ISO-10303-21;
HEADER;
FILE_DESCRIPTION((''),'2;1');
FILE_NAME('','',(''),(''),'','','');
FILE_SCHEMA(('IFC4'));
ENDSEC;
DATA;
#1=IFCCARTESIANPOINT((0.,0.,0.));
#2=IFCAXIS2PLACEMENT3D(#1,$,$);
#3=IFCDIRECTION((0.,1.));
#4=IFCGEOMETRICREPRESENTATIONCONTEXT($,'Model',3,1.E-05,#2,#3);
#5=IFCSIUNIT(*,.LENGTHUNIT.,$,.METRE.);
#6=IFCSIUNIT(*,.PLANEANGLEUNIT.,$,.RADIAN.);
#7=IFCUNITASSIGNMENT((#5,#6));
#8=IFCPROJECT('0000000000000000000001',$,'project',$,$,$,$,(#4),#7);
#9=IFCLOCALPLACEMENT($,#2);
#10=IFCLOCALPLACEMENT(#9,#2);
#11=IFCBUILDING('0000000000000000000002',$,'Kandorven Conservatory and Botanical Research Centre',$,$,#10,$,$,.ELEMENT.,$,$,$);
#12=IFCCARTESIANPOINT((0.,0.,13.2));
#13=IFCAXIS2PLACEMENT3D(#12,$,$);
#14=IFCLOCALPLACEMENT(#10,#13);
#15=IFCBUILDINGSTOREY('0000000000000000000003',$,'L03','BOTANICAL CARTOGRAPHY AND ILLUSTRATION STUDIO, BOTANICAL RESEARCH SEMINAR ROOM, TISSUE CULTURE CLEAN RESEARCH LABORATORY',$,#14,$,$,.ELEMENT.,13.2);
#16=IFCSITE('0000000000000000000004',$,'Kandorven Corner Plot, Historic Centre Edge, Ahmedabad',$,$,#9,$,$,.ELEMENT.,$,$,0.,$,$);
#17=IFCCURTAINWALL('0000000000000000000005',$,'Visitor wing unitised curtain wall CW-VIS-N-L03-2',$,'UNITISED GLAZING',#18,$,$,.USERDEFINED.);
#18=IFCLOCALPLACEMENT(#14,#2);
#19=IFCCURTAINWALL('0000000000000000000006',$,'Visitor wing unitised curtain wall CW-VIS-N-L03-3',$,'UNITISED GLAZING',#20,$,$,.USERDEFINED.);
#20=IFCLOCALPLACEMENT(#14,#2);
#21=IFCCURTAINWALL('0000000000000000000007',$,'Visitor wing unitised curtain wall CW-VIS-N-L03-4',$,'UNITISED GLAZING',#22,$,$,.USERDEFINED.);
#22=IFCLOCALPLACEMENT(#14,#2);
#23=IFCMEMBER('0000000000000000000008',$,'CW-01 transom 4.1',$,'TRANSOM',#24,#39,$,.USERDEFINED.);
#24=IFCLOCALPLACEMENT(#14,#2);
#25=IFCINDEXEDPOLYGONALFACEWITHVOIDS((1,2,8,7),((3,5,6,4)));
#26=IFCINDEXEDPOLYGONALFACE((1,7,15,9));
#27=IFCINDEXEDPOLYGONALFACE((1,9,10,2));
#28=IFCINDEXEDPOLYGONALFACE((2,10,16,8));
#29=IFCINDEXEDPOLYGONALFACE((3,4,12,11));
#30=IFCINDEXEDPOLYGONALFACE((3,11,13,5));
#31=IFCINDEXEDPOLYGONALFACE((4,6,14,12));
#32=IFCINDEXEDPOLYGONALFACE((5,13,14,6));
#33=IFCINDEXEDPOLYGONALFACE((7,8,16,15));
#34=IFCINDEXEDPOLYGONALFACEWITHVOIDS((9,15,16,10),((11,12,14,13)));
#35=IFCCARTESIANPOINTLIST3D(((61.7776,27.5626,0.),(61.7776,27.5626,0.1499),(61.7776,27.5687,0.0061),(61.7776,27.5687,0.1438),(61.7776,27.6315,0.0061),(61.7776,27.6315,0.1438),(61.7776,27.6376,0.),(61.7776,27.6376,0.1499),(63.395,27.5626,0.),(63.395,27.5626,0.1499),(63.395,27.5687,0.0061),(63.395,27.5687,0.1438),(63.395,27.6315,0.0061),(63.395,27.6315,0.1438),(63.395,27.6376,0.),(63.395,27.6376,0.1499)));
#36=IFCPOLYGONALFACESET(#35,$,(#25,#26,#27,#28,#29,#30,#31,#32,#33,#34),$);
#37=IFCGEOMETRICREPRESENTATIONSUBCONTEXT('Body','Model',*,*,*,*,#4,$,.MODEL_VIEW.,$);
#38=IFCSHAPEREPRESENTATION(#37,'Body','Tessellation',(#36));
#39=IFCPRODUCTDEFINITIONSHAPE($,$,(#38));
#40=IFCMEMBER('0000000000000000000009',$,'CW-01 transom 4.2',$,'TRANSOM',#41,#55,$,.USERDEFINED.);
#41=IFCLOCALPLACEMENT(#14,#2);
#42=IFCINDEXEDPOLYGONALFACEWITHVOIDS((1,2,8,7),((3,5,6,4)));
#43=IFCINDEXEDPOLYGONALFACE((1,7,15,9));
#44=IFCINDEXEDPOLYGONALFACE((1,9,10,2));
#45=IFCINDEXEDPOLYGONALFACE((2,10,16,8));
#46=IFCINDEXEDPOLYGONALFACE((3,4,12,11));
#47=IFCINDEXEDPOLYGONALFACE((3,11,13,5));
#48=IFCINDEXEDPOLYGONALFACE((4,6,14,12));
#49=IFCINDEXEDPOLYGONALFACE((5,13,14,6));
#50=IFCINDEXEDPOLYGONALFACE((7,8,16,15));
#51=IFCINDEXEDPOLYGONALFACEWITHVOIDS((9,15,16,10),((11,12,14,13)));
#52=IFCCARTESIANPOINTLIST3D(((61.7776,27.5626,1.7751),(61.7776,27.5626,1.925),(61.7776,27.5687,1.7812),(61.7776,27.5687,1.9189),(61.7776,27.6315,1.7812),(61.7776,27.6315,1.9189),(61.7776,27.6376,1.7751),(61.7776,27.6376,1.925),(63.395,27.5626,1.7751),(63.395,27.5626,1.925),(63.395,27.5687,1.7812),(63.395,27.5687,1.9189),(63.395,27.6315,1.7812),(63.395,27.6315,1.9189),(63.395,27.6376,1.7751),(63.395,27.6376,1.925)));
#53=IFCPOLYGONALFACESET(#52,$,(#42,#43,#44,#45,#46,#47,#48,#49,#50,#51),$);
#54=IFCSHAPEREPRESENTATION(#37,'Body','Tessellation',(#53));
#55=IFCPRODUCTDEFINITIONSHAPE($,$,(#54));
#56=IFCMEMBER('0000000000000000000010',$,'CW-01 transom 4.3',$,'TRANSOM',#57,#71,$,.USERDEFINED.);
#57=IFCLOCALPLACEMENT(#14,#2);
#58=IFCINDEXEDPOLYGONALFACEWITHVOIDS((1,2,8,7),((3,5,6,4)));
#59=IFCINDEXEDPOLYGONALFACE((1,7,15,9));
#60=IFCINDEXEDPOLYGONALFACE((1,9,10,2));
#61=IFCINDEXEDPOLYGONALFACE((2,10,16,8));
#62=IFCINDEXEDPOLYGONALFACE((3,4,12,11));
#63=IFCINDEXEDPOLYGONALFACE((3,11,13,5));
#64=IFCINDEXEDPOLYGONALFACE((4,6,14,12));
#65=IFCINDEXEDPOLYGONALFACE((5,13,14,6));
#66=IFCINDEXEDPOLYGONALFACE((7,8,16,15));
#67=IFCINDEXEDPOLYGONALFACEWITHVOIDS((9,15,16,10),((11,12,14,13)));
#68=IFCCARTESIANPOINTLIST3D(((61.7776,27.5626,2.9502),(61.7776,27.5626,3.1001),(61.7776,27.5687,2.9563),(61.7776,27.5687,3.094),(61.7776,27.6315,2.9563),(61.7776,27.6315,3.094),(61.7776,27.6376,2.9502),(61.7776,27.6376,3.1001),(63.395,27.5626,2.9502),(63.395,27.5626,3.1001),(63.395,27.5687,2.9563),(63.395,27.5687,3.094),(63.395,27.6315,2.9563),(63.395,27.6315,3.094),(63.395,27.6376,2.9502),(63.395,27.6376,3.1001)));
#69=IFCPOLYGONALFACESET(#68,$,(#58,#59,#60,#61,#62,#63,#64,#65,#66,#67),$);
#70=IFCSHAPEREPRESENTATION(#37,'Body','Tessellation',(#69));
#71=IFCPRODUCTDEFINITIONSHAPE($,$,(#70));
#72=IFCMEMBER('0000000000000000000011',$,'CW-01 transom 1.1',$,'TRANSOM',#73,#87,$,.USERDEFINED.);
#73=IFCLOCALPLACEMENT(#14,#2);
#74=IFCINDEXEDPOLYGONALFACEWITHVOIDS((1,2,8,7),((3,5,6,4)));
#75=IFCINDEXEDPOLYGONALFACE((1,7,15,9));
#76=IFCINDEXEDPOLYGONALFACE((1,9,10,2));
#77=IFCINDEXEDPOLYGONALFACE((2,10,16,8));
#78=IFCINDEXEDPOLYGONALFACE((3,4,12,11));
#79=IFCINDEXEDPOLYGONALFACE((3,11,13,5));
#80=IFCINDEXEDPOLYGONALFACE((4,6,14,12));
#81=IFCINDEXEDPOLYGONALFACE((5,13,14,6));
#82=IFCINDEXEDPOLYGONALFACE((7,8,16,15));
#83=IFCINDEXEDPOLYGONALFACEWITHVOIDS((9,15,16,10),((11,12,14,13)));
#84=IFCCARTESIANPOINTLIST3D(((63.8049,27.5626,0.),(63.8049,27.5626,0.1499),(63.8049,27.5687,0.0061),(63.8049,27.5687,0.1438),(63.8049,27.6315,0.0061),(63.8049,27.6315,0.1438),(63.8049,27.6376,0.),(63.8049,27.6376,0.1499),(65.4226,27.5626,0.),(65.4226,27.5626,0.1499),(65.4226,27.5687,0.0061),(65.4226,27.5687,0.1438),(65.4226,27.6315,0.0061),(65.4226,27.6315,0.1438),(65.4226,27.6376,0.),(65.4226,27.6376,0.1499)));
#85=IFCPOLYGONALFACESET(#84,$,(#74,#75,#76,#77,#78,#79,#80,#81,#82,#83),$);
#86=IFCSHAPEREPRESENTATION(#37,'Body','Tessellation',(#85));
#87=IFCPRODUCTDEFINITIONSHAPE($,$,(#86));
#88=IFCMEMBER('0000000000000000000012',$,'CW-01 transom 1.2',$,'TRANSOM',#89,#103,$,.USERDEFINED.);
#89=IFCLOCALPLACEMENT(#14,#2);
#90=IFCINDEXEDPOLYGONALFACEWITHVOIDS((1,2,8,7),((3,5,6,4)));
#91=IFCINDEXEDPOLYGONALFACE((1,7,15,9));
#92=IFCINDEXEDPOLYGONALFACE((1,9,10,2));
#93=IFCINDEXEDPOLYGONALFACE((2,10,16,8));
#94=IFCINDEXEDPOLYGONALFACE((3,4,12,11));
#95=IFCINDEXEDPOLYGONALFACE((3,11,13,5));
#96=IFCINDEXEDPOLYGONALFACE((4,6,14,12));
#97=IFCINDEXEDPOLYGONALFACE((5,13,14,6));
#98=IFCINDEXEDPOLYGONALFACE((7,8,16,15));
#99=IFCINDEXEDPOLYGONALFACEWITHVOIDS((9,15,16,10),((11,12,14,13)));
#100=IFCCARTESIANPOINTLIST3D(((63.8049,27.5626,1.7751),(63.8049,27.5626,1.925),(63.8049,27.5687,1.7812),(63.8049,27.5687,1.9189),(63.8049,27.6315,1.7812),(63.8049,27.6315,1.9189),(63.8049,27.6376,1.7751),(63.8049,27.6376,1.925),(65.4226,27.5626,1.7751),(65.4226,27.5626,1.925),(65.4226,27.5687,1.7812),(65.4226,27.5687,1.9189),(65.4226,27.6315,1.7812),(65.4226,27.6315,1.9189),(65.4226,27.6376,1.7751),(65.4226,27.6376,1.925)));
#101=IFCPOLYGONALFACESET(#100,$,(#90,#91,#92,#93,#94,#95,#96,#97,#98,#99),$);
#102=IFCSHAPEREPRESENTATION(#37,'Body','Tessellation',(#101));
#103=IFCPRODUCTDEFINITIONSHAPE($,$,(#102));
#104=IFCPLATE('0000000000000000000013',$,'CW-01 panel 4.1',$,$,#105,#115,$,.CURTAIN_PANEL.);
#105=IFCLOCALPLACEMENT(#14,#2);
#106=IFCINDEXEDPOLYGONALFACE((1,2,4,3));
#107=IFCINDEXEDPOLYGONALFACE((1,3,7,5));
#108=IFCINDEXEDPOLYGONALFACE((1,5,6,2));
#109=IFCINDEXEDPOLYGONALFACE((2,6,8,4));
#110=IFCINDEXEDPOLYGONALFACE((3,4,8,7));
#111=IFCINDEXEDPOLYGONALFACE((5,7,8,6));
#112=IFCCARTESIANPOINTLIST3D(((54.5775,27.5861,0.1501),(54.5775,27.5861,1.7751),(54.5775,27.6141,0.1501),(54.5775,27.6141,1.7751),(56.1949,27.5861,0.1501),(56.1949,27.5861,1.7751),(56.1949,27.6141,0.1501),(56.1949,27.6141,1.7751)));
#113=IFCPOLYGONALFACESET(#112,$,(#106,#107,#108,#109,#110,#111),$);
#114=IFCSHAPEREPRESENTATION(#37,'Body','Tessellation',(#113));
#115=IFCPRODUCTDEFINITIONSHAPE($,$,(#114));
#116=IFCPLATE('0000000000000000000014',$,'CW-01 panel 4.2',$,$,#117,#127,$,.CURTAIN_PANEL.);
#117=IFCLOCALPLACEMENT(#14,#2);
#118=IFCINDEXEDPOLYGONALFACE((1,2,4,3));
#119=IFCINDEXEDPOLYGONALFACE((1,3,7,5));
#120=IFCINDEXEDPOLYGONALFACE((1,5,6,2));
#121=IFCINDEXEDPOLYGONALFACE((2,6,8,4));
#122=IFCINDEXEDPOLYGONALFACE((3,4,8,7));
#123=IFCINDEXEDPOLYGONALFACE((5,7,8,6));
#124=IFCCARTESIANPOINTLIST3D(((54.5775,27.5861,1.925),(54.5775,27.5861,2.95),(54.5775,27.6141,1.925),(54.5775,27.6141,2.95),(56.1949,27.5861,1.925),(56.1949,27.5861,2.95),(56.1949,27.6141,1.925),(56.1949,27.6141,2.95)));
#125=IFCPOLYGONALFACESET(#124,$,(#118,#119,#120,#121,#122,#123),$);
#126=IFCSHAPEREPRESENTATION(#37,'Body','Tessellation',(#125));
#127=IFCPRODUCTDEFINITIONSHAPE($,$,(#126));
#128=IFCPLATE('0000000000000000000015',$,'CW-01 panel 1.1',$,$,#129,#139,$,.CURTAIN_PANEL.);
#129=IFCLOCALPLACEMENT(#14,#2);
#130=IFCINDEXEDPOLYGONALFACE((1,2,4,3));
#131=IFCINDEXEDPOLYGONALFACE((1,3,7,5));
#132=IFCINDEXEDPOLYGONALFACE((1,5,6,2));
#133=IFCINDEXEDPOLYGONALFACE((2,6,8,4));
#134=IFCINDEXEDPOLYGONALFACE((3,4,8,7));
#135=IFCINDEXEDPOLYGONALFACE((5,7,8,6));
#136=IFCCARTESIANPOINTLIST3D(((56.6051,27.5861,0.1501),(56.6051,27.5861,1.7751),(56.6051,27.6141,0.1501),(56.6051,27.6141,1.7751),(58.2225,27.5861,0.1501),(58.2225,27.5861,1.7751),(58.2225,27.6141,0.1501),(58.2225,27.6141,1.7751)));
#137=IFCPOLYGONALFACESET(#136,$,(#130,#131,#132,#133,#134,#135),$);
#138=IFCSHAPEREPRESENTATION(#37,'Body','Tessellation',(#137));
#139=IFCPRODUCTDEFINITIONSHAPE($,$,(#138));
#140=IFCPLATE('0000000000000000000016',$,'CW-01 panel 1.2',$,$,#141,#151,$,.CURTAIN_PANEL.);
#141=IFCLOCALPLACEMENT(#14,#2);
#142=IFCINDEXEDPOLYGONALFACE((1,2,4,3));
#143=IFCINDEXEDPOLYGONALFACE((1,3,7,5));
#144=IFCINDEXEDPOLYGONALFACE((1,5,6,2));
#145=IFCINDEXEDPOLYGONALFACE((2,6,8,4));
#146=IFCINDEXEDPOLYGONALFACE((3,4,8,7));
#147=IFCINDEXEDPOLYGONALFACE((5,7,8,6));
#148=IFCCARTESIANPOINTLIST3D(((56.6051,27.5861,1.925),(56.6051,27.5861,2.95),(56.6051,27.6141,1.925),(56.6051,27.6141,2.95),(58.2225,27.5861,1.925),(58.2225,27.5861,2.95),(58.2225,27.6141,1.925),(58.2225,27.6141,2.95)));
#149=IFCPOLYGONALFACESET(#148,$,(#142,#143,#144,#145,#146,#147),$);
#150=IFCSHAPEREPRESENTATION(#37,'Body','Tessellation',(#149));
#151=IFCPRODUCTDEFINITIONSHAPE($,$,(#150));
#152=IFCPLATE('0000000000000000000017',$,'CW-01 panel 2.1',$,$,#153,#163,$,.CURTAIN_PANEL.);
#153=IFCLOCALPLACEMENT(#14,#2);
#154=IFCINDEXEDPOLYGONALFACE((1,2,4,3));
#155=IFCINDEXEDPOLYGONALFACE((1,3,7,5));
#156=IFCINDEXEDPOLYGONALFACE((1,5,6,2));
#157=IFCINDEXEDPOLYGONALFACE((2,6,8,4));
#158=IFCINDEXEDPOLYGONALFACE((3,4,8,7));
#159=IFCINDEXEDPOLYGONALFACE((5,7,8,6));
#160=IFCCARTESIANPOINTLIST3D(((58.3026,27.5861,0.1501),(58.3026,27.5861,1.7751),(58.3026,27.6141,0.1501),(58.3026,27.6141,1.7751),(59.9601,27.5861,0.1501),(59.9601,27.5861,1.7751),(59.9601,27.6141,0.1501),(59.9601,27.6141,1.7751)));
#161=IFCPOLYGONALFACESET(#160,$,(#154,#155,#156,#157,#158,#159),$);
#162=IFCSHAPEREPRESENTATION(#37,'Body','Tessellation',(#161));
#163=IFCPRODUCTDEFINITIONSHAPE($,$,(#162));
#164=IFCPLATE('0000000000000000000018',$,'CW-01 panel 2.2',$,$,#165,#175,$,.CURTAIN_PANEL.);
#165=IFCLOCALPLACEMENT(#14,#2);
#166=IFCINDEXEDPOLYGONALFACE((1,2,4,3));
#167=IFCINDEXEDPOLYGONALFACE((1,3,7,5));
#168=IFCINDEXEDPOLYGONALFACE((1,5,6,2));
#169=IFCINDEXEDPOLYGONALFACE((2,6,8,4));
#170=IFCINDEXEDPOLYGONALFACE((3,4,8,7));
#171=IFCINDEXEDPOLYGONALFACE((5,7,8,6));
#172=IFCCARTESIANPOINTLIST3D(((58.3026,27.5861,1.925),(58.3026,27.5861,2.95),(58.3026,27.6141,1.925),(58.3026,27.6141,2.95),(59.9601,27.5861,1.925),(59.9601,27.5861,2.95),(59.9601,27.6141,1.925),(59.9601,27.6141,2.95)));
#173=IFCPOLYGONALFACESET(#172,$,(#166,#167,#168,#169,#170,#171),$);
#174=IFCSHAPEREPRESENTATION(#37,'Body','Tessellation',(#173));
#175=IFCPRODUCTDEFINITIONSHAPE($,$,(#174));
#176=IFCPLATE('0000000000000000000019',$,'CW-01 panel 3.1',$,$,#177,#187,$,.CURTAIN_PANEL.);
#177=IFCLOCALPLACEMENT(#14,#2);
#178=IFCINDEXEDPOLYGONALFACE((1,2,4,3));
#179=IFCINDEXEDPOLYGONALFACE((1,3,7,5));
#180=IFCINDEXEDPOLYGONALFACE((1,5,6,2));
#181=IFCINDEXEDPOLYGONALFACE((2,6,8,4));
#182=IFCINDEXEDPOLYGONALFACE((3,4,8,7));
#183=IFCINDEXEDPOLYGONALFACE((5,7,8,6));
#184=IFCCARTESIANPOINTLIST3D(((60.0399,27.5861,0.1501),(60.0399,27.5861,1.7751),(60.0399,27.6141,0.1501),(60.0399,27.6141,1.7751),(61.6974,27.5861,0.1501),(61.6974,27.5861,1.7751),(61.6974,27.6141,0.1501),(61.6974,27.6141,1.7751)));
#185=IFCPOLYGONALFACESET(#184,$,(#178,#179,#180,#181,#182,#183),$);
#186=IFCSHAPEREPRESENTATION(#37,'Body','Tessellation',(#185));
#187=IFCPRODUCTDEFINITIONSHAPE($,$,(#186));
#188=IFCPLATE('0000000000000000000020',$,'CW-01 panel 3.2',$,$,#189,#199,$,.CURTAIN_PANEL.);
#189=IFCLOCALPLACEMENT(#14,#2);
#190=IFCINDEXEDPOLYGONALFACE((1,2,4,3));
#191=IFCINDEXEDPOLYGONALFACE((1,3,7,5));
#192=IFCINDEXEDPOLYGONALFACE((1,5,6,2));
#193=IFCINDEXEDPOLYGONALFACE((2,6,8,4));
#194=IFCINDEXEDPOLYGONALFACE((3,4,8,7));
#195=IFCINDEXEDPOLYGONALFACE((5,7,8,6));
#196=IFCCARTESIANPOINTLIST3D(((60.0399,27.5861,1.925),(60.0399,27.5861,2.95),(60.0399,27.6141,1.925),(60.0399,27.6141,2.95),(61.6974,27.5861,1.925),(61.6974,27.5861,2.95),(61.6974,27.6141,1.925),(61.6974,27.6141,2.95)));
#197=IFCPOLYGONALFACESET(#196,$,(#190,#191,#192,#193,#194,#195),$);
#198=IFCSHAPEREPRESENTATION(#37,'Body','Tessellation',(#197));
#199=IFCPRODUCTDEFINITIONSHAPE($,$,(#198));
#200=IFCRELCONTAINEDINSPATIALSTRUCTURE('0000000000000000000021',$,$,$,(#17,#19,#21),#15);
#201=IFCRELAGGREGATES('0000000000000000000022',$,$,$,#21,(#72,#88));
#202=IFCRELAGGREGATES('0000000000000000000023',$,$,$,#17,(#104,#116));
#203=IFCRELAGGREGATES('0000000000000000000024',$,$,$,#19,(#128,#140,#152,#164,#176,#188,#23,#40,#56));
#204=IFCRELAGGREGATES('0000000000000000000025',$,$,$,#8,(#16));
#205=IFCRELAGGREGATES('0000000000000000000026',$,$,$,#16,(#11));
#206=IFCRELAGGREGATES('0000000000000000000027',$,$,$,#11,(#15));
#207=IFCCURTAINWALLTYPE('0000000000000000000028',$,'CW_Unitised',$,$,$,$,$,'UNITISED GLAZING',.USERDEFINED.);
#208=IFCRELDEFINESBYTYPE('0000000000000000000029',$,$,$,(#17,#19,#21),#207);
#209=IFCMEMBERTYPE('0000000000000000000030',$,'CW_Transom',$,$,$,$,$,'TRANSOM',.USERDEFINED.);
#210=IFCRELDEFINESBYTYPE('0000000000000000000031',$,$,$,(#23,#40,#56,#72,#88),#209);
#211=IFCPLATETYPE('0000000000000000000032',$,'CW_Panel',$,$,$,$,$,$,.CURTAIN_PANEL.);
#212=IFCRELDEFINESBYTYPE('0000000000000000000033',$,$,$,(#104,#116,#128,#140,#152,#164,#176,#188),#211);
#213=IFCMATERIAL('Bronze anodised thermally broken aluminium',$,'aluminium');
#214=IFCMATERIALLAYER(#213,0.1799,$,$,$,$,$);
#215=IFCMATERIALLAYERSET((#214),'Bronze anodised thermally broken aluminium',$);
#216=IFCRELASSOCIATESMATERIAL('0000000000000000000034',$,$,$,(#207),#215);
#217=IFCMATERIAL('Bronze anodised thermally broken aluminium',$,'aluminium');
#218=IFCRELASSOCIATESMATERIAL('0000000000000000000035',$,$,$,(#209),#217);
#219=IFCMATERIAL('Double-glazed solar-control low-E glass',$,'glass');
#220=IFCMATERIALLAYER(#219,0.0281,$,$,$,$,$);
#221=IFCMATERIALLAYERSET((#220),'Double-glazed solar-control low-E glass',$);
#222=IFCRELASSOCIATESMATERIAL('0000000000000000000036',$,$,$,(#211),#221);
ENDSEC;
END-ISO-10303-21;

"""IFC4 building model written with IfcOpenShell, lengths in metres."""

from ifc_helpers import new_model, si_unit, direction, frame, origin, origin_2d, place, context, subcontext, project, spatial, rectangle, hollow_rectangle, extrude, material, layer, layer_set, material_profile, profile_set, type_object, element, aggregate, save


model = new_model("IFC4")

# Units and contexts
model_context = context("Model", 3, precision=1e-05, world=origin(), true_north=direction((0.0, 1.0)))
body_context = subcontext(model_context, "Body", "Model", "MODEL_VIEW")
ifc_project = project(units=[si_unit("LENGTHUNIT", "METRE"), si_unit("PLANEANGLEUNIT", "RADIAN")], contexts=[model_context])

# Site, building, storey
site_placement = place(None, origin())
site = spatial("IfcSite", under=ifc_project, at=site_placement, Name="Kandorven Corner Plot, Historic Centre Edge, Ahmedabad", CompositionType="ELEMENT", RefElevation=0.0)
building_placement = place(site_placement, origin())
building = spatial("IfcBuilding", under=site, at=building_placement, Name="Kandorven Conservatory and Botanical Research Centre", CompositionType="ELEMENT")
storey_placement = place(building_placement, frame((0.0, 0.0, 13.2)))
storey = spatial("IfcBuildingStorey", under=building, at=storey_placement, Name="L03", Description="BOTANICAL CARTOGRAPHY AND ILLUSTRATION STUDIO, BOTANICAL RESEARCH SEMINAR ROOM, TISSUE CULTURE CLEAN RESEARCH LABORATORY", CompositionType="ELEMENT", Elevation=13.2)

# Curtain wall
ifc_material_1 = material(Name="Bronze anodised thermally broken aluminium", Category="aluminium")
ifc_layer_1 = layer(ifc_material_1, 0.1799)
ifc_layer_set_1 = layer_set([ifc_layer_1], Name="Bronze anodised thermally broken aluminium")
curtain_wall_type = type_object("IfcCurtainWallType", Name="CW_Unitised", ElementType="UNITISED GLAZING", PredefinedType="USERDEFINED", material=ifc_layer_set_1)
curtain_wall_1_placement = place(storey_placement, origin())
curtain_wall_1 = element("IfcCurtainWall", 1, at=curtain_wall_1_placement, inside=storey, type_object=curtain_wall_type, Name="Visitor wing unitised curtain wall CW-VIS-N-L03-2", ObjectType="UNITISED GLAZING", PredefinedType="USERDEFINED")

# Curtain wall
curtain_wall_2_placement = place(storey_placement, origin())
curtain_wall_2 = element("IfcCurtainWall", 2, at=curtain_wall_2_placement, inside=storey, type_object=curtain_wall_type, Name="Visitor wing unitised curtain wall CW-VIS-N-L03-3", ObjectType="UNITISED GLAZING", PredefinedType="USERDEFINED")

# Curtain wall
curtain_wall_3_placement = place(storey_placement, origin())
curtain_wall_3 = element("IfcCurtainWall", 3, at=curtain_wall_3_placement, inside=storey, type_object=curtain_wall_type, Name="Visitor wing unitised curtain wall CW-VIS-N-L03-4", ObjectType="UNITISED GLAZING", PredefinedType="USERDEFINED")

# Members
ifc_material_2 = material(Name="Bronze anodised thermally broken aluminium", Category="aluminium")
ifc_material_profile_1 = material_profile(ifc_material_2, hollow_rectangle(XDim=0.075, YDim=0.1499, WallThickness=0.0061, at=origin_2d()))
ifc_profile_set_1 = profile_set([ifc_material_profile_1], Name="Bronze anodised thermally broken aluminium")
member_type_1 = type_object("IfcMemberType", Name="CW_Transom", ElementType="TRANSOM", PredefinedType="USERDEFINED", material=ifc_profile_set_1)
member_1_placement = place(storey_placement, frame((61.7776, 27.6001, 0.075), z_axis=(1.0, 0.0, 0.0), x_axis=(0.0, 1.0, 0.0)))
member_1 = element("IfcMember", 4, at=member_1_placement, type_object=member_type_1, Name="CW-01 transom 4.1", ObjectType="TRANSOM", PredefinedType="USERDEFINED", context=body_context, shape_type="SweptSolid", body=[
    extrude(hollow_rectangle(XDim=0.075, YDim=0.1499, WallThickness=0.0061, at=origin_2d()), origin(), (0.0, 0.0, 1.0), 1.6174),
])
member_2_placement = place(storey_placement, frame((61.7776, 27.6001, 1.8501), z_axis=(1.0, 0.0, 0.0), x_axis=(0.0, 1.0, 0.0)))
member_2 = element("IfcMember", 5, at=member_2_placement, type_object=member_type_1, Name="CW-01 transom 4.2", ObjectType="TRANSOM", PredefinedType="USERDEFINED", context=body_context, shape_type="SweptSolid", body=[
    extrude(hollow_rectangle(XDim=0.075, YDim=0.1499, WallThickness=0.0061, at=origin_2d()), origin(), (0.0, 0.0, 1.0), 1.6174),
])
member_3_placement = place(storey_placement, frame((61.7776, 27.6001, 3.0251), z_axis=(1.0, 0.0, 0.0), x_axis=(0.0, 1.0, 0.0)))
member_3 = element("IfcMember", 6, at=member_3_placement, type_object=member_type_1, Name="CW-01 transom 4.3", ObjectType="TRANSOM", PredefinedType="USERDEFINED", context=body_context, shape_type="SweptSolid", body=[
    extrude(hollow_rectangle(XDim=0.075, YDim=0.1499, WallThickness=0.0061, at=origin_2d()), origin(), (0.0, 0.0, 1.0), 1.6174),
])
member_4_placement = place(storey_placement, frame((63.8049, 27.6001, 0.075), z_axis=(1.0, 0.0, 0.0), x_axis=(0.0, 1.0, 0.0)))
member_4 = element("IfcMember", 7, at=member_4_placement, type_object=member_type_1, Name="CW-01 transom 1.1", ObjectType="TRANSOM", PredefinedType="USERDEFINED", context=body_context, shape_type="SweptSolid", body=[
    extrude(hollow_rectangle(XDim=0.075, YDim=0.1499, WallThickness=0.0061, at=origin_2d()), origin(), (0.0, 0.0, 1.0), 1.6177),
])
member_5_placement = place(storey_placement, frame((63.8049, 27.6001, 1.8501), z_axis=(1.0, 0.0, 0.0), x_axis=(0.0, 1.0, 0.0)))
member_5 = element("IfcMember", 8, at=member_5_placement, type_object=member_type_1, Name="CW-01 transom 1.2", ObjectType="TRANSOM", PredefinedType="USERDEFINED", context=body_context, shape_type="SweptSolid", body=[
    extrude(hollow_rectangle(XDim=0.075, YDim=0.1499, WallThickness=0.0061, at=origin_2d()), origin(), (0.0, 0.0, 1.0), 1.6177),
])
aggregate(curtain_wall_3, [member_4, member_5])

# Plates
ifc_material_3 = material(Name="Double-glazed solar-control low-E glass", Category="glass")
ifc_layer_2 = layer(ifc_material_3, 0.0281)
ifc_layer_set_2 = layer_set([ifc_layer_2], Name="Double-glazed solar-control low-E glass")
plate_type = type_object("IfcPlateType", Name="CW_Panel", PredefinedType="CURTAIN_PANEL", material=ifc_layer_set_2)
plate_1_placement = place(storey_placement, frame((55.3862, 27.6001, 0.1501), z_axis=(0.0, 0.0, 1.0), x_axis=(1.0, 0.0, 0.0)))
plate_1 = element("IfcPlate", 9, at=plate_1_placement, type_object=plate_type, Name="CW-01 panel 4.1", PredefinedType="CURTAIN_PANEL", context=body_context, shape_type="SweptSolid", body=[
    extrude(rectangle(XDim=1.6174, YDim=0.0281, at=origin_2d()), origin(), (0.0, 0.0, 1.0), 1.625),
])
plate_2_placement = place(storey_placement, frame((55.3862, 27.6001, 1.925), z_axis=(0.0, 0.0, 1.0), x_axis=(1.0, 0.0, 0.0)))
plate_2 = element("IfcPlate", 10, at=plate_2_placement, type_object=plate_type, Name="CW-01 panel 4.2", PredefinedType="CURTAIN_PANEL", context=body_context, shape_type="SweptSolid", body=[
    extrude(rectangle(XDim=1.6174, YDim=0.0281, at=origin_2d()), origin(), (0.0, 0.0, 1.0), 1.0249),
])
aggregate(curtain_wall_1, [plate_1, plate_2])
plate_3_placement = place(storey_placement, frame((57.4138, 27.6001, 0.1501), z_axis=(0.0, 0.0, 1.0), x_axis=(1.0, 0.0, 0.0)))
plate_3 = element("IfcPlate", 11, at=plate_3_placement, type_object=plate_type, Name="CW-01 panel 1.1", PredefinedType="CURTAIN_PANEL", context=body_context, shape_type="SweptSolid", body=[
    extrude(rectangle(XDim=1.6174, YDim=0.0281, at=origin_2d()), origin(), (0.0, 0.0, 1.0), 1.625),
])
plate_4_placement = place(storey_placement, frame((57.4138, 27.6001, 1.925), z_axis=(0.0, 0.0, 1.0), x_axis=(1.0, 0.0, 0.0)))
plate_4 = element("IfcPlate", 12, at=plate_4_placement, type_object=plate_type, Name="CW-01 panel 1.2", PredefinedType="CURTAIN_PANEL", context=body_context, shape_type="SweptSolid", body=[
    extrude(rectangle(XDim=1.6174, YDim=0.0281, at=origin_2d()), origin(), (0.0, 0.0, 1.0), 1.0249),
])
plate_5_placement = place(storey_placement, frame((59.1313, 27.6001, 0.1501), z_axis=(0.0, 0.0, 1.0), x_axis=(1.0, 0.0, 0.0)))
plate_5 = element("IfcPlate", 13, at=plate_5_placement, type_object=plate_type, Name="CW-01 panel 2.1", PredefinedType="CURTAIN_PANEL", context=body_context, shape_type="SweptSolid", body=[
    extrude(rectangle(XDim=1.6575, YDim=0.0281, at=origin_2d()), origin(), (0.0, 0.0, 1.0), 1.625),
])
plate_6_placement = place(storey_placement, frame((59.1313, 27.6001, 1.925), z_axis=(0.0, 0.0, 1.0), x_axis=(1.0, 0.0, 0.0)))
plate_6 = element("IfcPlate", 14, at=plate_6_placement, type_object=plate_type, Name="CW-01 panel 2.2", PredefinedType="CURTAIN_PANEL", context=body_context, shape_type="SweptSolid", body=[
    extrude(rectangle(XDim=1.6575, YDim=0.0281, at=origin_2d()), origin(), (0.0, 0.0, 1.0), 1.0249),
])
plate_7_placement = place(storey_placement, frame((60.8687, 27.6001, 0.1501), z_axis=(0.0, 0.0, 1.0), x_axis=(1.0, 0.0, 0.0)))
plate_7 = element("IfcPlate", 15, at=plate_7_placement, type_object=plate_type, Name="CW-01 panel 3.1", PredefinedType="CURTAIN_PANEL", context=body_context, shape_type="SweptSolid", body=[
    extrude(rectangle(XDim=1.6575, YDim=0.0281, at=origin_2d()), origin(), (0.0, 0.0, 1.0), 1.625),
])
plate_8_placement = place(storey_placement, frame((60.8687, 27.6001, 1.925), z_axis=(0.0, 0.0, 1.0), x_axis=(1.0, 0.0, 0.0)))
plate_8 = element("IfcPlate", 16, at=plate_8_placement, type_object=plate_type, Name="CW-01 panel 3.2", PredefinedType="CURTAIN_PANEL", context=body_context, shape_type="SweptSolid", body=[
    extrude(rectangle(XDim=1.6575, YDim=0.0281, at=origin_2d()), origin(), (0.0, 0.0, 1.0), 1.0249),
])
aggregate(curtain_wall_2, [plate_3, plate_4, plate_5, plate_6, plate_7, plate_8, member_1, member_2, member_3])

save(model, "model.ifc")
